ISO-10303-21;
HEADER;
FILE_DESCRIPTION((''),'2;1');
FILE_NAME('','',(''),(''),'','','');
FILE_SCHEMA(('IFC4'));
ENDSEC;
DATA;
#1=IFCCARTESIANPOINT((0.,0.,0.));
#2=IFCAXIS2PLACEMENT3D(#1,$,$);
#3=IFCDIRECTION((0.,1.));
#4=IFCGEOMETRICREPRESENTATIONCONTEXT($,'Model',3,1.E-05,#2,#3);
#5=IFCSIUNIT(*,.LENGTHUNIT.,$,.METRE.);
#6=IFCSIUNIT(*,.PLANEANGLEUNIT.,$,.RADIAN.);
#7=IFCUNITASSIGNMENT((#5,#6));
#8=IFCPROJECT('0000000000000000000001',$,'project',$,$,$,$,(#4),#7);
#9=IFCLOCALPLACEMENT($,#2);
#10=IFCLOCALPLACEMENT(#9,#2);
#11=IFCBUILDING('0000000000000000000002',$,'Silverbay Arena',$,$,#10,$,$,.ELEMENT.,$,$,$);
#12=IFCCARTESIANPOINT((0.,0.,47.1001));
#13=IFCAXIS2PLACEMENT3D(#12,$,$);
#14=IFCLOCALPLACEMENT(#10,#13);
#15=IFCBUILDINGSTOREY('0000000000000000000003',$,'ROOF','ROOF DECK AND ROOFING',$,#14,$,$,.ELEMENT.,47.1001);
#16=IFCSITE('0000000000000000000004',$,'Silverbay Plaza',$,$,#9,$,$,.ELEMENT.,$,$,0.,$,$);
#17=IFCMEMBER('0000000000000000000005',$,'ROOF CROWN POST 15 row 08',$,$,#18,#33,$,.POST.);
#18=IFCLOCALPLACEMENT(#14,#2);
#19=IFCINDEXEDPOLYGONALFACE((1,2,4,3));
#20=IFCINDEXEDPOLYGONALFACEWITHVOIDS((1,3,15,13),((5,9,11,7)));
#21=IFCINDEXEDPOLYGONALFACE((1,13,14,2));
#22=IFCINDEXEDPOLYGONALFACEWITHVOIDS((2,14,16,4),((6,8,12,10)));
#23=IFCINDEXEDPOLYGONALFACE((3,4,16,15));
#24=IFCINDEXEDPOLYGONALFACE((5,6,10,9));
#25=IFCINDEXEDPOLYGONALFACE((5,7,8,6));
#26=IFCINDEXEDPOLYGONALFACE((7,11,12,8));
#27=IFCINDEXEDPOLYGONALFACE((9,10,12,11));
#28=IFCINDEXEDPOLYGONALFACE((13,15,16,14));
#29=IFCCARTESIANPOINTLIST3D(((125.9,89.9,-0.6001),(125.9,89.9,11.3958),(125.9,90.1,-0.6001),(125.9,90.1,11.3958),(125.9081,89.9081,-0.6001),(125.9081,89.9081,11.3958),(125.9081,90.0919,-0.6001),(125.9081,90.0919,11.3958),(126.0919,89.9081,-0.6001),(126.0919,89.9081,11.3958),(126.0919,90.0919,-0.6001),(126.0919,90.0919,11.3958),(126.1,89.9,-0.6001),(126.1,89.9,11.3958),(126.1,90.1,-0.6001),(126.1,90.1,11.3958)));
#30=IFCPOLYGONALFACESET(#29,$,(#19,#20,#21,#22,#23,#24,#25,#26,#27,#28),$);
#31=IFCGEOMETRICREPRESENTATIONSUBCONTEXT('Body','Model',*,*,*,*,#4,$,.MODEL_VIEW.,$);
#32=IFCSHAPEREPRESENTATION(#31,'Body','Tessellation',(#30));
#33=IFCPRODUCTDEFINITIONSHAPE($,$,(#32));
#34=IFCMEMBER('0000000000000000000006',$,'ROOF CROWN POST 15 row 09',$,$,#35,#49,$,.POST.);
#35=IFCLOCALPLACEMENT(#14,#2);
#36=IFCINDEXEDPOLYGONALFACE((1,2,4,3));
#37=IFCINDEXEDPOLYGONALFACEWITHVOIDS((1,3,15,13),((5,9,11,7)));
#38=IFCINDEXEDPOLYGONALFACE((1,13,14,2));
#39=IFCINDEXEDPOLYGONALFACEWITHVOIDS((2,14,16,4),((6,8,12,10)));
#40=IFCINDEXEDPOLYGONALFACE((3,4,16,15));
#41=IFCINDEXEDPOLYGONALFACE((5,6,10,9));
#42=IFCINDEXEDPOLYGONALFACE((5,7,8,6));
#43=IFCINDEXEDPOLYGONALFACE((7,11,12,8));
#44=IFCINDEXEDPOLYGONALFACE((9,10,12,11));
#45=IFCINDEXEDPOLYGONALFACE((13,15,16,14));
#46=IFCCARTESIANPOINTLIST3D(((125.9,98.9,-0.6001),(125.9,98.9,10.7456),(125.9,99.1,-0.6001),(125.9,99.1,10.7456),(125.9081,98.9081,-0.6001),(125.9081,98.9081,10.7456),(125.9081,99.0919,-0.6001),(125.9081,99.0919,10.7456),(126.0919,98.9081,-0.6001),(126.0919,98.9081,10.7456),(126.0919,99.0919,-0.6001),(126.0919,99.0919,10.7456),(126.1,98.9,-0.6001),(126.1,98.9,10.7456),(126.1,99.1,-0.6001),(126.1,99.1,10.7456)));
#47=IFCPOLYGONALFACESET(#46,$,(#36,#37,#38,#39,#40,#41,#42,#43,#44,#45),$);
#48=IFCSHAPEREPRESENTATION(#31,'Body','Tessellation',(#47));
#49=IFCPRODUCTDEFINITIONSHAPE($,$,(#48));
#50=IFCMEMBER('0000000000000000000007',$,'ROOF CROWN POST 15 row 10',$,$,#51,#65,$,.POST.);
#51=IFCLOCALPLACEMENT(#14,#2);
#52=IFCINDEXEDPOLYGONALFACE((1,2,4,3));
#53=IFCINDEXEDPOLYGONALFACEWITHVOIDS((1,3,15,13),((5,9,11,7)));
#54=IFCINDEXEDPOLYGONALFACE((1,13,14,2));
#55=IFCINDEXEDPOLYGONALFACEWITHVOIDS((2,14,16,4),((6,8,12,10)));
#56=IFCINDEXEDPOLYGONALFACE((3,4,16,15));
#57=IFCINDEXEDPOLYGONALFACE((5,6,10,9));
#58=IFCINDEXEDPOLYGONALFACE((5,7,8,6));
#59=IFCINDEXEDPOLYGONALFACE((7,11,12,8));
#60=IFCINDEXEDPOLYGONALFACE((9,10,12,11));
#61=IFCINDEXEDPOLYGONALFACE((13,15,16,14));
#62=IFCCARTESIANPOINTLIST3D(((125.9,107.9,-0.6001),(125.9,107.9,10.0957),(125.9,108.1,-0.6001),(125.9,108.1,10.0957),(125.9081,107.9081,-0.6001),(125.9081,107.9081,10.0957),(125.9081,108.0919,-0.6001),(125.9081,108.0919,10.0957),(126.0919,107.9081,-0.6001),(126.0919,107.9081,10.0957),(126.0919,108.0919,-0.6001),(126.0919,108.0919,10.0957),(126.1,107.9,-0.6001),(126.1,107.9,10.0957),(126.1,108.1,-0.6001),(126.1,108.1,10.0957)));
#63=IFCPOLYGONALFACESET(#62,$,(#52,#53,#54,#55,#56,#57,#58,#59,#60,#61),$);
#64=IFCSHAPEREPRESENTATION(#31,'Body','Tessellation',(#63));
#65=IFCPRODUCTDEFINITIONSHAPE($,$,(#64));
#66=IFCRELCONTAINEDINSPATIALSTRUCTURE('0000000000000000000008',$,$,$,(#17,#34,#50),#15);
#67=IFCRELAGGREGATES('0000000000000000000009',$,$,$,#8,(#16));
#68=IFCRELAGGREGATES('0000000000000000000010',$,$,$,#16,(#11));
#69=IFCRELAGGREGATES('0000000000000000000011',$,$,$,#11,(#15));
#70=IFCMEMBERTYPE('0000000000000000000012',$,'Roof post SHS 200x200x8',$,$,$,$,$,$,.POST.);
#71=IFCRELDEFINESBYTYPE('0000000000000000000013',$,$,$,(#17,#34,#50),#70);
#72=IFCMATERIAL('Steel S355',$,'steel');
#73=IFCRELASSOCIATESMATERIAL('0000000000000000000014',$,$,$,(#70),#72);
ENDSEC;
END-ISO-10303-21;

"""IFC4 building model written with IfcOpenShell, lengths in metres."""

from ifc_helpers import new_model, si_unit, direction, frame, origin, origin_2d, place, context, subcontext, project, spatial, hollow_rectangle, extrude, material, material_profile, profile_set, type_object, element, save


model = new_model("IFC4")

# Units and contexts
model_context = context("Model", 3, precision=1e-05, world=origin(), true_north=direction((0.0, 1.0)))
body_context = subcontext(model_context, "Body", "Model", "MODEL_VIEW")
ifc_project = project(units=[si_unit("LENGTHUNIT", "METRE"), si_unit("PLANEANGLEUNIT", "RADIAN")], contexts=[model_context])

# Site, building, storey
site_placement = place(None, origin())
site = spatial("IfcSite", under=ifc_project, at=site_placement, Name="Silverbay Plaza", CompositionType="ELEMENT", RefElevation=0.0)
building_placement = place(site_placement, origin())
building = spatial("IfcBuilding", under=site, at=building_placement, Name="Silverbay Arena", CompositionType="ELEMENT")
storey_placement = place(building_placement, frame((0.0, 0.0, 47.1001)))
storey = spatial("IfcBuildingStorey", under=building, at=storey_placement, Name="ROOF", Description="ROOF DECK AND ROOFING", CompositionType="ELEMENT", Elevation=47.1001)

# Members
ifc_material_1 = material(Name="Steel S355", Category="steel")
ifc_material_profile_1 = material_profile(ifc_material_1, hollow_rectangle(XDim=0.2, YDim=0.2, WallThickness=0.0081, at=origin_2d()), Name="SHS 200x200x8")
ifc_profile_set_1 = profile_set([ifc_material_profile_1], Name="Steel S355")
member_type_1 = type_object("IfcMemberType", Name="Roof post SHS 200x200x8", PredefinedType="POST", material=ifc_profile_set_1)
member_1_placement = place(storey_placement, frame((126.0, 90.0, -0.6001), z_axis=(0.0, 0.0, 1.0), x_axis=(1.0, 0.0, 0.0)))
element("IfcMember", 1, at=member_1_placement, inside=storey, type_object=member_type_1, Name="ROOF CROWN POST 15 row 08", PredefinedType="POST", context=body_context, shape_type="SweptSolid", body=[
    extrude(hollow_rectangle(XDim=0.2, YDim=0.2, WallThickness=0.0081, at=origin_2d()), origin(), (0.0, 0.0, 1.0), 11.9958),
])
member_2_placement = place(storey_placement, frame((126.0, 99.0, -0.6001), z_axis=(0.0, 0.0, 1.0), x_axis=(1.0, 0.0, 0.0)))
element("IfcMember", 2, at=member_2_placement, inside=storey, type_object=member_type_1, Name="ROOF CROWN POST 15 row 09", PredefinedType="POST", context=body_context, shape_type="SweptSolid", body=[
    extrude(hollow_rectangle(XDim=0.2, YDim=0.2, WallThickness=0.0081, at=origin_2d()), origin(), (0.0, 0.0, 1.0), 11.3457),
])
member_3_placement = place(storey_placement, frame((126.0, 108.0, -0.6001), z_axis=(0.0, 0.0, 1.0), x_axis=(1.0, 0.0, 0.0)))
element("IfcMember", 3, at=member_3_placement, inside=storey, type_object=member_type_1, Name="ROOF CROWN POST 15 row 10", PredefinedType="POST", context=body_context, shape_type="SweptSolid", body=[
    extrude(hollow_rectangle(XDim=0.2, YDim=0.2, WallThickness=0.0081, at=origin_2d()), origin(), (0.0, 0.0, 1.0), 10.6958),
])

save(model, "model.ifc")
